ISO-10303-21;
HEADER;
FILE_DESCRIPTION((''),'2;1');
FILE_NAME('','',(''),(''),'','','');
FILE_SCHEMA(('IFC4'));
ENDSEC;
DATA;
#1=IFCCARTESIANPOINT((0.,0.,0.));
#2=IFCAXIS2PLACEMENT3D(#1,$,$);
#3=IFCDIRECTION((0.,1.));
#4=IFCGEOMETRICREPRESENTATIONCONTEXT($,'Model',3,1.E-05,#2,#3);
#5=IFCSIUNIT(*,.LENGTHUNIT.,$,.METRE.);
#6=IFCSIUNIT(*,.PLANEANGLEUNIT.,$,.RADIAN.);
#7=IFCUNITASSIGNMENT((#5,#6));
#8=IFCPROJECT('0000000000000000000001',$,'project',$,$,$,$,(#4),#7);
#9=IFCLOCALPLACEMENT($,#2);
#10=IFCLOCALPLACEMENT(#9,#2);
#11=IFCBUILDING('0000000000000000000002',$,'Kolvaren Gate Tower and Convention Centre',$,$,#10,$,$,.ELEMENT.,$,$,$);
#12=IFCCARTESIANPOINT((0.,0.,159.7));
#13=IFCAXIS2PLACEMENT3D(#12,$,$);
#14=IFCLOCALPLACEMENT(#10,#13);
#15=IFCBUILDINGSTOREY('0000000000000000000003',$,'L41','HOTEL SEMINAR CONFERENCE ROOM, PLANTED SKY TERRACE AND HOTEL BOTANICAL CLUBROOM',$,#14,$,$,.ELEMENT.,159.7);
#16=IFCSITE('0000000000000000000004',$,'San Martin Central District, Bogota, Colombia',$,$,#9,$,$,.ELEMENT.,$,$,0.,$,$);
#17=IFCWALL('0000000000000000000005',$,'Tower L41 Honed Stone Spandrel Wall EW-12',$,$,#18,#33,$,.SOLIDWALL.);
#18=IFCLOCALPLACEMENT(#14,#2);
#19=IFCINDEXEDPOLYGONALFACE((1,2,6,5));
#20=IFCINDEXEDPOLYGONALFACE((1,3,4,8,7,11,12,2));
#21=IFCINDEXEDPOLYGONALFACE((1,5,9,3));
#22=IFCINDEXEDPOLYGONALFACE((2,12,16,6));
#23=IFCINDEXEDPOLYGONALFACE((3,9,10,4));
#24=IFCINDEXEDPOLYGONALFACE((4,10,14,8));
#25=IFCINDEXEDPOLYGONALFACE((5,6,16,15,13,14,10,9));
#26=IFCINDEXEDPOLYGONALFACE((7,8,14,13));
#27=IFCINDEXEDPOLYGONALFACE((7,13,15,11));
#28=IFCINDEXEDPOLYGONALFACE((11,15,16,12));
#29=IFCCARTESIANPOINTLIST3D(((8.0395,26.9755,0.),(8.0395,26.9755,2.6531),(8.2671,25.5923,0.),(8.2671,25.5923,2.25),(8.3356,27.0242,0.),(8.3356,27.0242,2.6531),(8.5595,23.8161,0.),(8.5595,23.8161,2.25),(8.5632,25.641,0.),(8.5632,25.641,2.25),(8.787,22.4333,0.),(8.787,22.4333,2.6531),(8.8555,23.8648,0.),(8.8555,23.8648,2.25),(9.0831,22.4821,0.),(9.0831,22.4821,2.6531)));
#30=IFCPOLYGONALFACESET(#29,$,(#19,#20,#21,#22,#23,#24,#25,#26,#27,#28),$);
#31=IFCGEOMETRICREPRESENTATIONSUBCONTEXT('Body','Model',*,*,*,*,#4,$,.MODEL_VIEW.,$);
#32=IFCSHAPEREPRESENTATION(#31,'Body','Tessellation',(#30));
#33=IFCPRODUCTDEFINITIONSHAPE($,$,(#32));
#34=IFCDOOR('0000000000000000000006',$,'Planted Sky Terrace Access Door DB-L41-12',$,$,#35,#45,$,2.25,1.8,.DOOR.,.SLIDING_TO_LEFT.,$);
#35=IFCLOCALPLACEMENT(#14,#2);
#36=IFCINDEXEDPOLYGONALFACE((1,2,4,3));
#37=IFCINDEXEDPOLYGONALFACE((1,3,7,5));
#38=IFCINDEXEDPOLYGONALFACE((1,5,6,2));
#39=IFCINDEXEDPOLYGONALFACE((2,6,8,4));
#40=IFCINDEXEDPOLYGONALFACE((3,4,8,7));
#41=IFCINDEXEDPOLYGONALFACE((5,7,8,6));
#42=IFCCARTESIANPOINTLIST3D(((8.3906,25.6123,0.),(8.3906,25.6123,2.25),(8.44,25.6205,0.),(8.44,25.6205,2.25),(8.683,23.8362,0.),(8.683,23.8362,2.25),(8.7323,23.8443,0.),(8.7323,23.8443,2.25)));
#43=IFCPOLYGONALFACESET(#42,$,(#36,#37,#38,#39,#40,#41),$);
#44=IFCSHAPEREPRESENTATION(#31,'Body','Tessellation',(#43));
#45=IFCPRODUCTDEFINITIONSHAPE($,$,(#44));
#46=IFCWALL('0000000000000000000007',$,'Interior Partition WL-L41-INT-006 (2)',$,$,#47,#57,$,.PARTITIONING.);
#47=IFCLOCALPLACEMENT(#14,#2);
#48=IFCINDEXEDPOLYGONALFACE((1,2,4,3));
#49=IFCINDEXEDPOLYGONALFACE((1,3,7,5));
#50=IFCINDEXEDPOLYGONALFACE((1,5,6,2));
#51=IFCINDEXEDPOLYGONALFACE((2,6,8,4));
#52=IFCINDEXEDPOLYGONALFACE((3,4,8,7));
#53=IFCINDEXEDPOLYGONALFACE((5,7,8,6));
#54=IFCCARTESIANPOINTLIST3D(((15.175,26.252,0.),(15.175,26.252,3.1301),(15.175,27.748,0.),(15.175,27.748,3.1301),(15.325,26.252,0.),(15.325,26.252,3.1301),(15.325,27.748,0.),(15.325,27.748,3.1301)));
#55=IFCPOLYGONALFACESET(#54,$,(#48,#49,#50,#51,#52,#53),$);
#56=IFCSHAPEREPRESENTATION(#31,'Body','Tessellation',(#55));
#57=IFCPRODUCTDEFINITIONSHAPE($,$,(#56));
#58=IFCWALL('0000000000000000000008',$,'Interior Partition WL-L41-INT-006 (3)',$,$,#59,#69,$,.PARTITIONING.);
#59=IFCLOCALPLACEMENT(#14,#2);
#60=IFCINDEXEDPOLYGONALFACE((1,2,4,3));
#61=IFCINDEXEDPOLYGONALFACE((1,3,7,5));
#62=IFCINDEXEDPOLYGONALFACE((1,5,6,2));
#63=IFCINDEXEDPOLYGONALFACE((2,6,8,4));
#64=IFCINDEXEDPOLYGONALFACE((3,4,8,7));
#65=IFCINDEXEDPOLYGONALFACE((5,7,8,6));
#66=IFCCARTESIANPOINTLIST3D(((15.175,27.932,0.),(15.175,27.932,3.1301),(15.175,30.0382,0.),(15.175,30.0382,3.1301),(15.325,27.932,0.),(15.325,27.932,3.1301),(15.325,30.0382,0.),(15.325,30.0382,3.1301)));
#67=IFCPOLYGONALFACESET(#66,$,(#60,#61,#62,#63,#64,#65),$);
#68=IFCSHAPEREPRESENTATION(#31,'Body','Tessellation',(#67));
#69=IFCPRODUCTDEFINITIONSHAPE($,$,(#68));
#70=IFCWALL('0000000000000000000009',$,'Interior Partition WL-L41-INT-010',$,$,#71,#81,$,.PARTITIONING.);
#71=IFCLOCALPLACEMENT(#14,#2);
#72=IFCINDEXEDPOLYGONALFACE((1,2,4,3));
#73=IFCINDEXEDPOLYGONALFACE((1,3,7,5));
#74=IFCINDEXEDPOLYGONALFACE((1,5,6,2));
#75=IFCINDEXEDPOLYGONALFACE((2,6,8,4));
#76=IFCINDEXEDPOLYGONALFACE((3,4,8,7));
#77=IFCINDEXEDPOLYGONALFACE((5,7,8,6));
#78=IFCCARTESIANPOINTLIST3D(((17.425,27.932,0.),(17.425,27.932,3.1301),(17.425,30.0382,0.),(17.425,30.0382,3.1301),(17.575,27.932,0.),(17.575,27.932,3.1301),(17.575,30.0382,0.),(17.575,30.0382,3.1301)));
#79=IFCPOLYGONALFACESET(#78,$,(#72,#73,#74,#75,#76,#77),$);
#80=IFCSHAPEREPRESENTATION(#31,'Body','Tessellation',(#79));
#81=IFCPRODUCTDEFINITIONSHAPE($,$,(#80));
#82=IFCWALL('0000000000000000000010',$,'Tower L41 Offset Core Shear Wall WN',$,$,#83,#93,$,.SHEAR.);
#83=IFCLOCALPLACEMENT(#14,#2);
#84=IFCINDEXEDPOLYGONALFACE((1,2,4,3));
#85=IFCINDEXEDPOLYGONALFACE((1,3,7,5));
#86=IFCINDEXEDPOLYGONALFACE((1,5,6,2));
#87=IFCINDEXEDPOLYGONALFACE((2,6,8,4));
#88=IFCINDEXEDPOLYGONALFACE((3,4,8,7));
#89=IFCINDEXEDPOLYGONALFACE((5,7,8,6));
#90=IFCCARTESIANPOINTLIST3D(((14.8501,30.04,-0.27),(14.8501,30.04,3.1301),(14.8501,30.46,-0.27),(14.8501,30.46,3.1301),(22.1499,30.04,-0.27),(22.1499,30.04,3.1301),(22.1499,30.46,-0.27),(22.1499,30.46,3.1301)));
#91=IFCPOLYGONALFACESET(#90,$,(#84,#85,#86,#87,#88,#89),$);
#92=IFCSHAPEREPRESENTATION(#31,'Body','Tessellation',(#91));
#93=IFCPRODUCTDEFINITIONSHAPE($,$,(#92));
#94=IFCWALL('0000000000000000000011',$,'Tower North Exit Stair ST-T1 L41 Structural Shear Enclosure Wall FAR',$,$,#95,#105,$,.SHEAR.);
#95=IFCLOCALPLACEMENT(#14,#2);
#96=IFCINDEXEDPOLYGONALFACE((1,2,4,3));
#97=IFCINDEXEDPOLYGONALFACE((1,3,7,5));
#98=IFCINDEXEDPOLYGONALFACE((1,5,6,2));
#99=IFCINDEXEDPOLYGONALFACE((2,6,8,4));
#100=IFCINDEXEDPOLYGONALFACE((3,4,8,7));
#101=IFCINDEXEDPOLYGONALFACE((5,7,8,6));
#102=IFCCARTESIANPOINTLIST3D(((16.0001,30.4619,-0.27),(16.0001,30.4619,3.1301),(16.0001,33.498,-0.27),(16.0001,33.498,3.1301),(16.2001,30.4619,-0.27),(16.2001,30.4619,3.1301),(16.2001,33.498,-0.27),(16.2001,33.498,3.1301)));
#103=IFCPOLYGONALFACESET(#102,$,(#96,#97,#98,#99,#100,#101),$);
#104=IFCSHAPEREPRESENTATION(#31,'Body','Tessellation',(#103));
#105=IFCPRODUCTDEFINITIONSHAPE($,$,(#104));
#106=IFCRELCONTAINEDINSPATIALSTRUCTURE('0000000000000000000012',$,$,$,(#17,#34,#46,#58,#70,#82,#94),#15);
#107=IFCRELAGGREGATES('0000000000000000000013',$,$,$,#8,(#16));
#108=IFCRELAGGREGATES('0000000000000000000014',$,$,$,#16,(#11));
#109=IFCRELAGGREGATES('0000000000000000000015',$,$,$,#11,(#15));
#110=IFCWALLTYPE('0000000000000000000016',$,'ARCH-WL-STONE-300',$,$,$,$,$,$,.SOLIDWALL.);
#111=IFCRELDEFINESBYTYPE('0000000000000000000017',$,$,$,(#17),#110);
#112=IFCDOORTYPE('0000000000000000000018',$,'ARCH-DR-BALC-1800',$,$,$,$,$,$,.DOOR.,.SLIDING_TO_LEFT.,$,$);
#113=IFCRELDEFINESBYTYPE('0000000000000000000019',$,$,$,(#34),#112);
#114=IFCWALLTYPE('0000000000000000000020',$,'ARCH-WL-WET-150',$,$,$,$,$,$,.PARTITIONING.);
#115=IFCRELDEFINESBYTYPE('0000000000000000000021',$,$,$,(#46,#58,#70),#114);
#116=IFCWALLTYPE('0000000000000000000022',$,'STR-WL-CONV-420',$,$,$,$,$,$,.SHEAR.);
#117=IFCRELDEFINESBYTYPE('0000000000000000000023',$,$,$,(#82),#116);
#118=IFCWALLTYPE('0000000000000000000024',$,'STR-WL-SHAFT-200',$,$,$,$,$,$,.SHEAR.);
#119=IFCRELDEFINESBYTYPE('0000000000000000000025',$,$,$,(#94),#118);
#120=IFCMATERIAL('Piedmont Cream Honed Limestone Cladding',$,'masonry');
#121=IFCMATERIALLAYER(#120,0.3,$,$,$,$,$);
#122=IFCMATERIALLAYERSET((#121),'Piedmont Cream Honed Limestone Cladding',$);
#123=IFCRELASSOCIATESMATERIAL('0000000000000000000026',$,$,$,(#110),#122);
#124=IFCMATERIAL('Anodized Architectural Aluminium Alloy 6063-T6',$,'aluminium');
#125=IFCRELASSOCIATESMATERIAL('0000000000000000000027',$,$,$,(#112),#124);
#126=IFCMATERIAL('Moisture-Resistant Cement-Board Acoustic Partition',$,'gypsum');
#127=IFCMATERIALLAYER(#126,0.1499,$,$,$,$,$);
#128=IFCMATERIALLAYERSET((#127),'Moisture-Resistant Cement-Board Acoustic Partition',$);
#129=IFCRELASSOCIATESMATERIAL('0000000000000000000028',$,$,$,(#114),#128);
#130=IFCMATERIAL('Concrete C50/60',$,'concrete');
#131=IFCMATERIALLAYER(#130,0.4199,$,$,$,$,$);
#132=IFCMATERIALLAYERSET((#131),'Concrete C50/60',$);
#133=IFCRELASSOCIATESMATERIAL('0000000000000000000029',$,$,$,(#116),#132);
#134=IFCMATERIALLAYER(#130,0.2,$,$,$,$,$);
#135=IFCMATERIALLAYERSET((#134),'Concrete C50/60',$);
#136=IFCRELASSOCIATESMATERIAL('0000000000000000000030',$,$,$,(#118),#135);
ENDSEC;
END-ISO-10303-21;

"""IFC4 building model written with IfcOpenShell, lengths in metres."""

from ifc_helpers import new_model, si_unit, direction, frame, frame_2d, origin, place, context, subcontext, project, spatial, rectangle, extrude, material, layer, layer_set, type_object, element, fill, save


model = new_model("IFC4")

# Units and contexts
model_context = context("Model", 3, precision=1e-05, world=origin(), true_north=direction((0.0, 1.0)))
body_context = subcontext(model_context, "Body", "Model", "MODEL_VIEW")
ifc_project = project(units=[si_unit("LENGTHUNIT", "METRE"), si_unit("PLANEANGLEUNIT", "RADIAN")], contexts=[model_context])

# Site, building, storey
site_placement = place(None, origin())
site = spatial("IfcSite", under=ifc_project, at=site_placement, Name="San Martin Central District, Bogota, Colombia", CompositionType="ELEMENT", RefElevation=0.0)
building_placement = place(site_placement, origin())
building = spatial("IfcBuilding", under=site, at=building_placement, Name="Kolvaren Gate Tower and Convention Centre", CompositionType="ELEMENT")
storey_placement = place(building_placement, frame((0.0, 0.0, 159.7)))
storey = spatial("IfcBuildingStorey", under=building, at=storey_placement, Name="L41", Description="HOTEL SEMINAR CONFERENCE ROOM, PLANTED SKY TERRACE AND HOTEL BOTANICAL CLUBROOM", CompositionType="ELEMENT", Elevation=159.7)

# Shared definitions
ifc_material_1 = material(Name="Piedmont Cream Honed Limestone Cladding", Category="masonry")

# Shared definitions
ifc_layer_1 = layer(ifc_material_1, 0.3)
ifc_layer_set_1 = layer_set([ifc_layer_1], Name="Piedmont Cream Honed Limestone Cladding")
wall_type_1 = type_object("IfcWallType", Name="ARCH-WL-STONE-300", PredefinedType="SOLIDWALL", material=ifc_layer_set_1)

# Wall, opening, door
wall_1_placement = place(storey_placement, frame((8.1875, 27.0, 0.0), z_axis=(0.0, 0.0, 1.0), x_axis=(0.162395, -0.986726, 0.0)))
wall_1 = element("IfcWall", 1, at=wall_1_placement, inside=storey, type_object=wall_type_1, Name="Tower L41 Honed Stone Spandrel Wall EW-12", PredefinedType="SOLIDWALL", context=body_context, shape_type="SweptSolid", body=[
    extrude(rectangle(XDim=4.6033, YDim=0.3, at=frame_2d((2.3018, 0.0))), origin(), (0.0, 0.0, 1.0), 2.6531),
])
opening_1_placement = place(wall_1_placement, frame((1.4021, 0.0, 0.0)))
opening_1 = element("IfcOpeningElement", 2, at=opening_1_placement, cuts=wall_1, PredefinedType="OPENING", context=body_context, shape_type="SweptSolid", body=[
    extrude(rectangle(XDim=1.8, YDim=2.25, at=frame_2d((0.8999, 1.125))), frame((0.0, 0.1599, 0.0), z_axis=(0.0, -1.0, 0.0), x_axis=(1.0, 0.0, 0.0)), (0.0, 0.0, 1.0), 0.3201),
])
ifc_material_2 = material(Name="Anodized Architectural Aluminium Alloy 6063-T6", Category="aluminium")
door_type_1 = type_object("IfcDoorType", Name="ARCH-DR-BALC-1800", OperationType="SLIDING_TO_LEFT", PredefinedType="DOOR", material=ifc_material_2)
door_1_placement = place(opening_1_placement, frame((1.8, 0.0, 0.0), z_axis=(0.0, 0.0, 1.0), x_axis=(-1.0, 0.0, 0.0)))
door_1 = element("IfcDoor", 3, at=door_1_placement, inside=storey, type_object=door_type_1, Name="Planted Sky Terrace Access Door DB-L41-12", OperationType="SLIDING_TO_LEFT", OverallHeight=2.25, OverallWidth=1.8, PredefinedType="DOOR", context=body_context, shape_type="SweptSolid", body=[
    extrude(rectangle(XDim=1.8, YDim=2.25, at=frame_2d((0.8999, 1.125))), frame((0.0, 0.0249, 0.0), z_axis=(0.0, -1.0, 0.0), x_axis=(1.0, 0.0, 0.0)), (0.0, 0.0, 1.0), 0.05),
])
fill(opening_1, door_1)

# Walls
ifc_material_3 = material(Name="Moisture-Resistant Cement-Board Acoustic Partition", Category="gypsum")
ifc_layer_2 = layer(ifc_material_3, 0.1499)
ifc_layer_set_2 = layer_set([ifc_layer_2], Name="Moisture-Resistant Cement-Board Acoustic Partition")
wall_type_2 = type_object("IfcWallType", Name="ARCH-WL-WET-150", PredefinedType="PARTITIONING", material=ifc_layer_set_2)
wall_2_placement = place(storey_placement, frame((15.25, 26.252, 0.0), z_axis=(0.0, 0.0, 1.0), x_axis=(0.0, 1.0, 0.0)))
element("IfcWall", 4, at=wall_2_placement, inside=storey, type_object=wall_type_2, Name="Interior Partition WL-L41-INT-006 (2)", PredefinedType="PARTITIONING", context=body_context, shape_type="SweptSolid", body=[
    extrude(rectangle(XDim=1.4961, YDim=0.1499, at=frame_2d((0.748, 0.0))), origin(), (0.0, 0.0, 1.0), 3.1301),
])
for number, where, z_axis, x_axis, name in (
    (5, (15.25, 27.9319, 0.0), (0.0, 0.0, 1.0), (0.0, 1.0, 0.0), "Interior Partition WL-L41-INT-006 (3)"),
    (6, (17.5, 27.9319, 0.0), (0.0, 0.0, 1.0), (0.0, 1.0, 0.0), "Interior Partition WL-L41-INT-010"),
):
    element("IfcWall", number, at=place(storey_placement, frame(where, z_axis=z_axis, x_axis=x_axis)), inside=storey, type_object=wall_type_2, Name=name, PredefinedType="PARTITIONING", context=body_context, shape_type="SweptSolid", body=[
        extrude(rectangle(XDim=2.1062, YDim=0.1499, at=frame_2d((1.0532, 0.0))), origin(), (0.0, 0.0, 1.0), 3.1301),
    ])
ifc_material_4 = material(Name="Concrete C50/60", Category="concrete")
ifc_layer_3 = layer(ifc_material_4, 0.4199)
ifc_layer_set_3 = layer_set([ifc_layer_3], Name="Concrete C50/60")
wall_type_3 = type_object("IfcWallType", Name="STR-WL-CONV-420", PredefinedType="SHEAR", material=ifc_layer_set_3)
wall_3_placement = place(storey_placement, frame((14.8501, 30.25, -0.27), z_axis=(0.0, 0.0, 1.0), x_axis=(1.0, 0.0, 0.0)))
element("IfcWall", 7, at=wall_3_placement, inside=storey, type_object=wall_type_3, Name="Tower L41 Offset Core Shear Wall WN", PredefinedType="SHEAR", context=body_context, shape_type="SweptSolid", body=[
    extrude(rectangle(XDim=7.2998, YDim=0.4199, at=frame_2d((3.6499, 0.0))), origin(), (0.0, 0.0, 1.0), 3.4001),
])
ifc_layer_4 = layer(ifc_material_4, 0.2)
ifc_layer_set_4 = layer_set([ifc_layer_4], Name="Concrete C50/60")
wall_type_4 = type_object("IfcWallType", Name="STR-WL-SHAFT-200", PredefinedType="SHEAR", material=ifc_layer_set_4)
wall_4_placement = place(storey_placement, frame((16.1001, 30.4619, -0.27), z_axis=(0.0, 0.0, 1.0), x_axis=(0.0, 1.0, 0.0)))
element("IfcWall", 8, at=wall_4_placement, inside=storey, type_object=wall_type_4, Name="Tower North Exit Stair ST-T1 L41 Structural Shear Enclosure Wall FAR", PredefinedType="SHEAR", context=body_context, shape_type="SweptSolid", body=[
    extrude(rectangle(XDim=3.0361, YDim=0.2, at=frame_2d((1.5181, 0.0))), origin(), (0.0, 0.0, 1.0), 3.4001),
])

save(model, "model.ifc")
